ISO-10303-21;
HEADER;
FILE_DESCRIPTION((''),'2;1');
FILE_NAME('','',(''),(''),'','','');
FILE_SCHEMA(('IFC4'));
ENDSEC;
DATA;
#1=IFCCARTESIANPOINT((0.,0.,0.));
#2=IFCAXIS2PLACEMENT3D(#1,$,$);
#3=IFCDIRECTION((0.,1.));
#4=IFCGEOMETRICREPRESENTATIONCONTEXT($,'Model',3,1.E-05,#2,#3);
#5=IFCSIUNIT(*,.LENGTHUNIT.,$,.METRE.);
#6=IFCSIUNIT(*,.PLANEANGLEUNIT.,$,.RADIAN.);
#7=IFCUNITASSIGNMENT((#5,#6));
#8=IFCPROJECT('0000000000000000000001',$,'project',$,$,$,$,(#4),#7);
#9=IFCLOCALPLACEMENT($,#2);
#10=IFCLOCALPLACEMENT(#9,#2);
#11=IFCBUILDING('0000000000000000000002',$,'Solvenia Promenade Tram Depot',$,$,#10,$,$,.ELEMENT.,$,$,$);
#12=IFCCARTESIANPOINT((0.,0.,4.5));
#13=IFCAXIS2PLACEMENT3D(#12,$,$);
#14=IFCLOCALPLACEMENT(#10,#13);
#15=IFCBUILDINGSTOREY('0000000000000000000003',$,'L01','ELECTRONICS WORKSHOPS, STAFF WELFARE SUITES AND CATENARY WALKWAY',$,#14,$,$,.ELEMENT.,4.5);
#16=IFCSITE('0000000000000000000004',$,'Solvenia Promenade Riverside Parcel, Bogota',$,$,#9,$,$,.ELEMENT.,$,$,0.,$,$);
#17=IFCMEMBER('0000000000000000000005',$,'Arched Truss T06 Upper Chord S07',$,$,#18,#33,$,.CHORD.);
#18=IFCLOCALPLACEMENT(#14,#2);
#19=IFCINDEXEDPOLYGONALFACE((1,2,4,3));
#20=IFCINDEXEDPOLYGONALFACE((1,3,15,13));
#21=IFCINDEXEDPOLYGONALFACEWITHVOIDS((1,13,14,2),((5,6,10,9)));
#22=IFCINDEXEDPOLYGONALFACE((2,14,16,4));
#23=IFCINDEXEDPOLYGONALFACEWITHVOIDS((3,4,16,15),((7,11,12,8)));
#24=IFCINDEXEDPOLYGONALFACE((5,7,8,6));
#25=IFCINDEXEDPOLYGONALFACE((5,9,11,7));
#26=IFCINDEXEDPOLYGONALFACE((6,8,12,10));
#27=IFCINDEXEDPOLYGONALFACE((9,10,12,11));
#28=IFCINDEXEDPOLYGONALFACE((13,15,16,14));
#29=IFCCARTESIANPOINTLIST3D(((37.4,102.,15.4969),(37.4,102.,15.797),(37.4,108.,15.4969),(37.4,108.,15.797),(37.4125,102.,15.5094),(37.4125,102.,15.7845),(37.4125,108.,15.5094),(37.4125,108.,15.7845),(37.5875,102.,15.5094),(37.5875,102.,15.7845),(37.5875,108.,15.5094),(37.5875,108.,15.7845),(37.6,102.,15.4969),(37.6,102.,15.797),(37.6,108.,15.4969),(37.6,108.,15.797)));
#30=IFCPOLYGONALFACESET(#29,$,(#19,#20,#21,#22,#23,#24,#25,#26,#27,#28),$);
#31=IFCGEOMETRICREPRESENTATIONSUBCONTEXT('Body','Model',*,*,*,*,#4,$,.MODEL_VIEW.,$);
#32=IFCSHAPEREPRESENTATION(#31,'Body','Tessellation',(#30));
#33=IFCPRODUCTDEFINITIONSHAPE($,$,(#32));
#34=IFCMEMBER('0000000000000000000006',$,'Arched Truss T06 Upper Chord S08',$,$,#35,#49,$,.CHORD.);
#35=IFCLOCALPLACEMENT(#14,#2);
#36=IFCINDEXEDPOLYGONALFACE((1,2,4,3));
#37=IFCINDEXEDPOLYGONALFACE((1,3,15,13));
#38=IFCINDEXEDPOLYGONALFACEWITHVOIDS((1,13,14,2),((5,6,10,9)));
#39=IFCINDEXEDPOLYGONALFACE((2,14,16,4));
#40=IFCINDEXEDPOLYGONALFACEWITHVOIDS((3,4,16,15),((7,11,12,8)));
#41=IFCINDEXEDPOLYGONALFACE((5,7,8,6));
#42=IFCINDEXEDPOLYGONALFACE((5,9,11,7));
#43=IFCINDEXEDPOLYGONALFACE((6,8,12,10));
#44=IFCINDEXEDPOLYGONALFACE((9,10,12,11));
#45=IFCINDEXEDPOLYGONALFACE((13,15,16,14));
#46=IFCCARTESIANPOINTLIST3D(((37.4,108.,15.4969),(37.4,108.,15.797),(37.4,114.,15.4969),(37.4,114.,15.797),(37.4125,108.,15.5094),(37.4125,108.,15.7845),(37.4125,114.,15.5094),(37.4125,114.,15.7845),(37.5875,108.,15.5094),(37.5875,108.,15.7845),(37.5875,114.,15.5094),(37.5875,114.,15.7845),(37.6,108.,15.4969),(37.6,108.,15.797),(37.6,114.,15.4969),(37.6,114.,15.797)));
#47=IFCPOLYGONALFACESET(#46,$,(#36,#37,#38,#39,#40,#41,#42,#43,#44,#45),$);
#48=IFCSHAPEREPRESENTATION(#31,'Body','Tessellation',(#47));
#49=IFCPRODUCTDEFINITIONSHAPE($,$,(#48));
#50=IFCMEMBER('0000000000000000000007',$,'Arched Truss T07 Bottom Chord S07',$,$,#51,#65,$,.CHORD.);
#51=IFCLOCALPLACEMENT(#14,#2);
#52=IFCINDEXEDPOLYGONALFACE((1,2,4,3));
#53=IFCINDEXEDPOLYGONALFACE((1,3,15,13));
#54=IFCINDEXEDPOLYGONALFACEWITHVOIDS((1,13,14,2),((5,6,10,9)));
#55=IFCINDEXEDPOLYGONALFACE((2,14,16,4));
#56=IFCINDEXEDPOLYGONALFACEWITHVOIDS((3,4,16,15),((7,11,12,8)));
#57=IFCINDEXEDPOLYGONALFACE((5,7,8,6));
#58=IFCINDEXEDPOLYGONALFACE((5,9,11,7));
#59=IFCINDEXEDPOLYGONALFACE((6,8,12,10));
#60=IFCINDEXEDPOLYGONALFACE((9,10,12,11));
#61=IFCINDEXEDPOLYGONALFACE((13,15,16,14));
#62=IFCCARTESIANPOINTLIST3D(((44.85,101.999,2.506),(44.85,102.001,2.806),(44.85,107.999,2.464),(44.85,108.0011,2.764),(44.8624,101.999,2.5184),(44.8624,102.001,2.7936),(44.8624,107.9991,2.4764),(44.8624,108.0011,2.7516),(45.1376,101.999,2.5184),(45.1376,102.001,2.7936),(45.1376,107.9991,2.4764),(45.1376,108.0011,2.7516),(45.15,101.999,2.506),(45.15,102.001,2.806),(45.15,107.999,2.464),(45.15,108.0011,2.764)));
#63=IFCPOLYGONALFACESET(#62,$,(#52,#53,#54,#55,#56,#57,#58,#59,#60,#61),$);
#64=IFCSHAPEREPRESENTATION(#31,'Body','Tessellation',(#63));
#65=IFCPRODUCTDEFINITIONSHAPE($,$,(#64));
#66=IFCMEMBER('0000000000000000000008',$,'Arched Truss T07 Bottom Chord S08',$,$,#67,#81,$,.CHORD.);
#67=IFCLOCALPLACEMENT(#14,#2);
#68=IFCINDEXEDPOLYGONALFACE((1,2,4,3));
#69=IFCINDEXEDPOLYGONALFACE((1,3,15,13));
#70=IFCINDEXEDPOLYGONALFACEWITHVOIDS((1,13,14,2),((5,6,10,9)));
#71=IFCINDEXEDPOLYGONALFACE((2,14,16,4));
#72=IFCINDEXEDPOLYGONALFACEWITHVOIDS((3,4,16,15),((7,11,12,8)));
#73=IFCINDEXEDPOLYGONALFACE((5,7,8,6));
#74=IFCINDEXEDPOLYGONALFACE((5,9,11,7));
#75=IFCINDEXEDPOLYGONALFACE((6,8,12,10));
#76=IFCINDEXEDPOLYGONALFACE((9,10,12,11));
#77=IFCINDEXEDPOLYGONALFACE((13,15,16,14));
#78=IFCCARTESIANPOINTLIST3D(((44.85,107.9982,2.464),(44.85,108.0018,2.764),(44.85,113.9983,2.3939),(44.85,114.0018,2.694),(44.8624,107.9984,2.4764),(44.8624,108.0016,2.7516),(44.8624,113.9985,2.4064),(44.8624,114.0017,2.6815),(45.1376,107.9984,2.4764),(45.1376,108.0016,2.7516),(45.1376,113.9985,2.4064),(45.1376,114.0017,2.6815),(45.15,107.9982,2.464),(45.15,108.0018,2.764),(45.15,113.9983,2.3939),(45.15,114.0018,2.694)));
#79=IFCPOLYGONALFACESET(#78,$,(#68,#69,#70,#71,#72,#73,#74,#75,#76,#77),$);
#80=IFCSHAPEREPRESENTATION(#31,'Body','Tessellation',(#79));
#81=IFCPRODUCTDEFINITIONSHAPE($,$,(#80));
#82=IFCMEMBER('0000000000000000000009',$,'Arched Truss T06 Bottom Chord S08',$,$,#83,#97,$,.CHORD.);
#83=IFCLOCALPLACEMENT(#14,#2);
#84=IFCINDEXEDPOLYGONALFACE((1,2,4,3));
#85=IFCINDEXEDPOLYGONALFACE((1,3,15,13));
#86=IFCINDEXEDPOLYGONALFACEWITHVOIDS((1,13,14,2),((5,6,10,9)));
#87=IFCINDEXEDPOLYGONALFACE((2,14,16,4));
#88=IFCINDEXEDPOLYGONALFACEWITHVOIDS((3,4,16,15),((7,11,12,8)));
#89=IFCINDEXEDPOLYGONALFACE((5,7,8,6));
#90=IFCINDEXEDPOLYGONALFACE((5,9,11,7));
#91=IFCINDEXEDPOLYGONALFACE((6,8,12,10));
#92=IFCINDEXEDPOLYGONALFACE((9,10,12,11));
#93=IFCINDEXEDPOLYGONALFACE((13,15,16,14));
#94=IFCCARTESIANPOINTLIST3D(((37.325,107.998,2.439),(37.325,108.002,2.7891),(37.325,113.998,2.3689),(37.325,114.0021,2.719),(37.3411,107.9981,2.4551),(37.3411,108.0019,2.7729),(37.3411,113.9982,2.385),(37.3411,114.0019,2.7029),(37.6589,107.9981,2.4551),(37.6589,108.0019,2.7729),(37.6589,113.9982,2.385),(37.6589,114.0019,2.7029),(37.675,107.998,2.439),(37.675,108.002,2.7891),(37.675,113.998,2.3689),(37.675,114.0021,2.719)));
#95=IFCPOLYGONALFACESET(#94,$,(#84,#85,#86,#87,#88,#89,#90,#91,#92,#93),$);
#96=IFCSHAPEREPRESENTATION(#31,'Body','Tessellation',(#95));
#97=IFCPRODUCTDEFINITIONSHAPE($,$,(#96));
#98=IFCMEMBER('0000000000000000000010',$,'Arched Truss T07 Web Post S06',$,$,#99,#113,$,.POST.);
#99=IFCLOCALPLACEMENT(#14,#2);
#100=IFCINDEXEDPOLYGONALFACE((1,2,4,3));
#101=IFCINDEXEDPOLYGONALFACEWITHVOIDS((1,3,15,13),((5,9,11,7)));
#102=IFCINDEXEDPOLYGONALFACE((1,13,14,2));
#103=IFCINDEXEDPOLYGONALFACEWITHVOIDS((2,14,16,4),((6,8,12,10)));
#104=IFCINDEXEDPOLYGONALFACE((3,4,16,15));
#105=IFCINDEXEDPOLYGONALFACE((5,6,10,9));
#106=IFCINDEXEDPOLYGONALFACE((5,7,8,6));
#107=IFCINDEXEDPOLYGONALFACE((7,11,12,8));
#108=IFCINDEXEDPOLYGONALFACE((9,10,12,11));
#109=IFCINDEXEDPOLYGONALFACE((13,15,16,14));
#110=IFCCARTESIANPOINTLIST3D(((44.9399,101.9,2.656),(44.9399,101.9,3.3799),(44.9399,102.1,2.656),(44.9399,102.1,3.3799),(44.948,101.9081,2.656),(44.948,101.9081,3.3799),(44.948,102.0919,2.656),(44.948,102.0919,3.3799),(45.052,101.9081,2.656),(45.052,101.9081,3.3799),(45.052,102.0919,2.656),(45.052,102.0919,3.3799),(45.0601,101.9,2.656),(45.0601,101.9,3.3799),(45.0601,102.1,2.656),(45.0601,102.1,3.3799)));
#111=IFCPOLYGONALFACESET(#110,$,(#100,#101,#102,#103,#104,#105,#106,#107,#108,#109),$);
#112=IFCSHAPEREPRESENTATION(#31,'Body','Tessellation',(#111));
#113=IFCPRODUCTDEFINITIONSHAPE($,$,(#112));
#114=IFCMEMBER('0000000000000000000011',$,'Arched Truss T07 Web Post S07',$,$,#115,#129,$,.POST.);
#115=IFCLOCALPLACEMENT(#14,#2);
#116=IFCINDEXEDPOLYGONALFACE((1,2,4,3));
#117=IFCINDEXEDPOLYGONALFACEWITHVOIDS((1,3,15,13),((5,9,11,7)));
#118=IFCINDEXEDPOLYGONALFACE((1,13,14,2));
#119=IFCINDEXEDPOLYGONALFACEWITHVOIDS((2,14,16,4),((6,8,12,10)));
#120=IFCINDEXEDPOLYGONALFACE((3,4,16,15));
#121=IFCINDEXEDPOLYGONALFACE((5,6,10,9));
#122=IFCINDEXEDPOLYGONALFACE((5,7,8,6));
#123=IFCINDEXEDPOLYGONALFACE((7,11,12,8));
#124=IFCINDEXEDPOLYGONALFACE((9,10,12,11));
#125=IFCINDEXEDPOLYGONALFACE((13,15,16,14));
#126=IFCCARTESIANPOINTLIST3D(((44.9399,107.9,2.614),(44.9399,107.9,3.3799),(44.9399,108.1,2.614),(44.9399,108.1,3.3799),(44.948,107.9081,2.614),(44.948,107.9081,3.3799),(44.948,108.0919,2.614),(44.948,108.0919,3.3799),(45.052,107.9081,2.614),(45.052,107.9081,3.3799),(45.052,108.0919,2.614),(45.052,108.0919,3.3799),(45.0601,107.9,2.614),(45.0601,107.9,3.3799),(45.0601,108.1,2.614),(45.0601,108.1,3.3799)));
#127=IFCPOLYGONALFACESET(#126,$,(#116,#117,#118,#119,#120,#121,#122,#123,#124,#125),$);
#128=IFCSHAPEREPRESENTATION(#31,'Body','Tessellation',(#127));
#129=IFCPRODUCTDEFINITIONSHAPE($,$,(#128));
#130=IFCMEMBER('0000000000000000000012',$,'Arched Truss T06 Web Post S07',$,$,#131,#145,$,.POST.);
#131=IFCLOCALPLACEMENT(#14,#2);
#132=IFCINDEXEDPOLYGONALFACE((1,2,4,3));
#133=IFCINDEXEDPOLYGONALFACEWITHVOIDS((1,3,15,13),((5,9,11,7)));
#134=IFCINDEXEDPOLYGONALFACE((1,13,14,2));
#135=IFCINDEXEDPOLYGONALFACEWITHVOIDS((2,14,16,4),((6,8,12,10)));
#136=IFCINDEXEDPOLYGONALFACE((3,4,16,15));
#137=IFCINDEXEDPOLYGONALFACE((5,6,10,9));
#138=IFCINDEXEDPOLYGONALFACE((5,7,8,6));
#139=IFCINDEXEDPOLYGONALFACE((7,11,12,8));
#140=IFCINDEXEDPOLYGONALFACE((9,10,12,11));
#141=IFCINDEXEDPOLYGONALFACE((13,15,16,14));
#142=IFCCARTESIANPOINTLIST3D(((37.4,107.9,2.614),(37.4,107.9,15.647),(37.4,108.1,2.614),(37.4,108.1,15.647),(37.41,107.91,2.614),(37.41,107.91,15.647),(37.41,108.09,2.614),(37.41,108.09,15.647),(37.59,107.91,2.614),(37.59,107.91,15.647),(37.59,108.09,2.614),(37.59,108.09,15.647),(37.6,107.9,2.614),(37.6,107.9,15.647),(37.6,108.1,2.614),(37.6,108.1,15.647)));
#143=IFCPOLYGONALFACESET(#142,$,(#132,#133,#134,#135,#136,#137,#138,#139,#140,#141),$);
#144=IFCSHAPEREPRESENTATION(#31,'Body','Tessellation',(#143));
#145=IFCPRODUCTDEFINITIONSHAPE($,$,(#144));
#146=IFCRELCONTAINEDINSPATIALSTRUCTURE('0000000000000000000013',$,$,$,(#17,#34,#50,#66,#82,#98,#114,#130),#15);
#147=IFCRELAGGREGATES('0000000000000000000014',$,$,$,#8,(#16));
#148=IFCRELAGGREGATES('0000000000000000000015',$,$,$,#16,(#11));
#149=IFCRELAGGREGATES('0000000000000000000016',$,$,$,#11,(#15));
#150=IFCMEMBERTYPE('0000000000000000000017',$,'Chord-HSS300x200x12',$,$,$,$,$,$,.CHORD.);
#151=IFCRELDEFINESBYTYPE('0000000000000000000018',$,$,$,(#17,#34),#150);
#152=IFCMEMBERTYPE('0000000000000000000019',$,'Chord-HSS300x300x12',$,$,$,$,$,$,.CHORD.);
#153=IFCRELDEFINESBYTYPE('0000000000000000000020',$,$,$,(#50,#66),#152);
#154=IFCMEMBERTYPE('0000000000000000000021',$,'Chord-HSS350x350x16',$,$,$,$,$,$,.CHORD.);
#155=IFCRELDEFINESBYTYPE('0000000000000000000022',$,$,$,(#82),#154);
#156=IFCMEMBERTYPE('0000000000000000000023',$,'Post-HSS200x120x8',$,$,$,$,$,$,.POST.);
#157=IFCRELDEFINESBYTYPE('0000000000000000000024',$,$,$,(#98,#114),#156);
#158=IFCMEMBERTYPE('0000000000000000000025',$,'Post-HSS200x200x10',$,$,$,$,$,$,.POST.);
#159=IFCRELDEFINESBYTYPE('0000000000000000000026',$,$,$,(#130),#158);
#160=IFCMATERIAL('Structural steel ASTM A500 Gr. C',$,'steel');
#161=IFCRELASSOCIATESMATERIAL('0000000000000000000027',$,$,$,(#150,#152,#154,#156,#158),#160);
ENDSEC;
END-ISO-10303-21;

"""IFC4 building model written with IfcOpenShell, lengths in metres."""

from ifc_helpers import new_model, si_unit, direction, frame, origin, origin_2d, place, context, subcontext, project, spatial, hollow_rectangle, extrude, material, material_profile, profile_set, type_object, element, save


model = new_model("IFC4")

# Units and contexts
model_context = context("Model", 3, precision=1e-05, world=origin(), true_north=direction((0.0, 1.0)))
body_context = subcontext(model_context, "Body", "Model", "MODEL_VIEW")
ifc_project = project(units=[si_unit("LENGTHUNIT", "METRE"), si_unit("PLANEANGLEUNIT", "RADIAN")], contexts=[model_context])

# Site, building, storey
site_placement = place(None, origin())
site = spatial("IfcSite", under=ifc_project, at=site_placement, Name="Solvenia Promenade Riverside Parcel, Bogota", CompositionType="ELEMENT", RefElevation=0.0)
building_placement = place(site_placement, origin())
building = spatial("IfcBuilding", under=site, at=building_placement, Name="Solvenia Promenade Tram Depot", CompositionType="ELEMENT")
storey_placement = place(building_placement, frame((0.0, 0.0, 4.5)))
storey = spatial("IfcBuildingStorey", under=building, at=storey_placement, Name="L01", Description="ELECTRONICS WORKSHOPS, STAFF WELFARE SUITES AND CATENARY WALKWAY", CompositionType="ELEMENT", Elevation=4.5)

# Members
ifc_material_1 = material(Name="Structural steel ASTM A500 Gr. C", Category="steel")
ifc_material_profile_1 = material_profile(ifc_material_1, hollow_rectangle(XDim=0.2, YDim=0.3, WallThickness=0.0125, at=origin_2d()), Name="HSS300x200x12.5", Category="steel")
ifc_profile_set_1 = profile_set([ifc_material_profile_1], Name="Structural steel ASTM A500 Gr. C")
member_type_1 = type_object("IfcMemberType", Name="Chord-HSS300x200x12", PredefinedType="CHORD", material=ifc_profile_set_1)
for number, where, z_axis, x_axis, name in (
    (1, (37.5, 102.0, 15.647), (0.0, 1.0, 0.0), (-1.0, 0.0, 0.0), "Arched Truss T06 Upper Chord S07"),
    (2, (37.5, 108.0, 15.647), (0.0, 1.0, 0.0), (-1.0, 0.0, 0.0), "Arched Truss T06 Upper Chord S08"),
):
    element("IfcMember", number, at=place(storey_placement, frame(where, z_axis=z_axis, x_axis=x_axis)), inside=storey, type_object=member_type_1, Name=name, PredefinedType="CHORD", context=body_context, shape_type="SweptSolid", body=[
        extrude(hollow_rectangle(XDim=0.2, YDim=0.3, WallThickness=0.0125, at=origin_2d()), origin(), (0.0, 0.0, 1.0), 6.0),
    ])
ifc_material_profile_2 = material_profile(ifc_material_1, hollow_rectangle(XDim=0.3, YDim=0.3, WallThickness=0.0125, at=origin_2d()), Name="HSS300x300x12.5", Category="steel")
ifc_profile_set_2 = profile_set([ifc_material_profile_2], Name="Structural steel ASTM A500 Gr. C")
member_type_2 = type_object("IfcMemberType", Name="Chord-HSS300x300x12", PredefinedType="CHORD", material=ifc_profile_set_2)
member_1_placement = place(storey_placement, frame((45.0, 102.0, 2.656), z_axis=(0.0, 0.999976, -0.006999), x_axis=(-1.0, 0.0, 0.0)))
element("IfcMember", 3, at=member_1_placement, inside=storey, type_object=member_type_2, Name="Arched Truss T07 Bottom Chord S07", PredefinedType="CHORD", context=body_context, shape_type="SweptSolid", body=[
    extrude(hollow_rectangle(XDim=0.3, YDim=0.3, WallThickness=0.0125, at=origin_2d()), origin(), (0.0, 0.0, 1.0), 6.0002),
])
member_2_placement = place(storey_placement, frame((45.0, 108.0, 2.614), z_axis=(0.0, 0.999932, -0.011677), x_axis=(-1.0, 0.0, 0.0)))
element("IfcMember", 4, at=member_2_placement, inside=storey, type_object=member_type_2, Name="Arched Truss T07 Bottom Chord S08", PredefinedType="CHORD", context=body_context, shape_type="SweptSolid", body=[
    extrude(hollow_rectangle(XDim=0.3, YDim=0.3, WallThickness=0.0125, at=origin_2d()), origin(), (0.0, 0.0, 1.0), 6.0005),
])
ifc_material_profile_3 = material_profile(ifc_material_1, hollow_rectangle(XDim=0.3501, YDim=0.3501, WallThickness=0.0161, at=origin_2d()), Name="HSS350x350x16", Category="steel")
ifc_profile_set_3 = profile_set([ifc_material_profile_3], Name="Structural steel ASTM A500 Gr. C")
member_type_3 = type_object("IfcMemberType", Name="Chord-HSS350x350x16", PredefinedType="CHORD", material=ifc_profile_set_3)
member_3_placement = place(storey_placement, frame((37.5, 108.0, 2.614), z_axis=(0.0, 0.999932, -0.011677), x_axis=(-1.0, 0.0, 0.0)))
element("IfcMember", 5, at=member_3_placement, inside=storey, type_object=member_type_3, Name="Arched Truss T06 Bottom Chord S08", PredefinedType="CHORD", context=body_context, shape_type="SweptSolid", body=[
    extrude(hollow_rectangle(XDim=0.3501, YDim=0.3501, WallThickness=0.0161, at=origin_2d()), origin(), (0.0, 0.0, 1.0), 6.0005),
])
ifc_material_profile_4 = material_profile(ifc_material_1, hollow_rectangle(XDim=0.1201, YDim=0.2, WallThickness=0.0081, at=origin_2d()), Name="HSS200x120x8", Category="steel")
ifc_profile_set_4 = profile_set([ifc_material_profile_4], Name="Structural steel ASTM A500 Gr. C")
member_type_4 = type_object("IfcMemberType", Name="Post-HSS200x120x8", PredefinedType="POST", material=ifc_profile_set_4)
member_4_placement = place(storey_placement, frame((45.0, 102.0, 2.656), z_axis=(0.0, 0.0, 1.0), x_axis=(1.0, 0.0, 0.0)))
element("IfcMember", 6, at=member_4_placement, inside=storey, type_object=member_type_4, Name="Arched Truss T07 Web Post S06", PredefinedType="POST", context=body_context, shape_type="SweptSolid", body=[
    extrude(hollow_rectangle(XDim=0.1201, YDim=0.2, WallThickness=0.0081, at=origin_2d()), origin(), (0.0, 0.0, 1.0), 0.7239),
])
member_5_placement = place(storey_placement, frame((45.0, 108.0, 2.614), z_axis=(0.0, 0.0, 1.0), x_axis=(1.0, 0.0, 0.0)))
element("IfcMember", 7, at=member_5_placement, inside=storey, type_object=member_type_4, Name="Arched Truss T07 Web Post S07", PredefinedType="POST", context=body_context, shape_type="SweptSolid", body=[
    extrude(hollow_rectangle(XDim=0.1201, YDim=0.2, WallThickness=0.0081, at=origin_2d()), origin(), (0.0, 0.0, 1.0), 0.7659),
])
ifc_material_profile_5 = material_profile(ifc_material_1, hollow_rectangle(XDim=0.2, YDim=0.2, WallThickness=0.01, at=origin_2d()), Name="HSS200x200x10", Category="steel")
ifc_profile_set_5 = profile_set([ifc_material_profile_5], Name="Structural steel ASTM A500 Gr. C")
member_type_5 = type_object("IfcMemberType", Name="Post-HSS200x200x10", PredefinedType="POST", material=ifc_profile_set_5)
member_6_placement = place(storey_placement, frame((37.5, 108.0, 2.614), z_axis=(0.0, 0.0, 1.0), x_axis=(1.0, 0.0, 0.0)))
element("IfcMember", 8, at=member_6_placement, inside=storey, type_object=member_type_5, Name="Arched Truss T06 Web Post S07", PredefinedType="POST", context=body_context, shape_type="SweptSolid", body=[
    extrude(hollow_rectangle(XDim=0.2, YDim=0.2, WallThickness=0.01, at=origin_2d()), origin(), (0.0, 0.0, 1.0), 13.033),
])

save(model, "model.ifc")
